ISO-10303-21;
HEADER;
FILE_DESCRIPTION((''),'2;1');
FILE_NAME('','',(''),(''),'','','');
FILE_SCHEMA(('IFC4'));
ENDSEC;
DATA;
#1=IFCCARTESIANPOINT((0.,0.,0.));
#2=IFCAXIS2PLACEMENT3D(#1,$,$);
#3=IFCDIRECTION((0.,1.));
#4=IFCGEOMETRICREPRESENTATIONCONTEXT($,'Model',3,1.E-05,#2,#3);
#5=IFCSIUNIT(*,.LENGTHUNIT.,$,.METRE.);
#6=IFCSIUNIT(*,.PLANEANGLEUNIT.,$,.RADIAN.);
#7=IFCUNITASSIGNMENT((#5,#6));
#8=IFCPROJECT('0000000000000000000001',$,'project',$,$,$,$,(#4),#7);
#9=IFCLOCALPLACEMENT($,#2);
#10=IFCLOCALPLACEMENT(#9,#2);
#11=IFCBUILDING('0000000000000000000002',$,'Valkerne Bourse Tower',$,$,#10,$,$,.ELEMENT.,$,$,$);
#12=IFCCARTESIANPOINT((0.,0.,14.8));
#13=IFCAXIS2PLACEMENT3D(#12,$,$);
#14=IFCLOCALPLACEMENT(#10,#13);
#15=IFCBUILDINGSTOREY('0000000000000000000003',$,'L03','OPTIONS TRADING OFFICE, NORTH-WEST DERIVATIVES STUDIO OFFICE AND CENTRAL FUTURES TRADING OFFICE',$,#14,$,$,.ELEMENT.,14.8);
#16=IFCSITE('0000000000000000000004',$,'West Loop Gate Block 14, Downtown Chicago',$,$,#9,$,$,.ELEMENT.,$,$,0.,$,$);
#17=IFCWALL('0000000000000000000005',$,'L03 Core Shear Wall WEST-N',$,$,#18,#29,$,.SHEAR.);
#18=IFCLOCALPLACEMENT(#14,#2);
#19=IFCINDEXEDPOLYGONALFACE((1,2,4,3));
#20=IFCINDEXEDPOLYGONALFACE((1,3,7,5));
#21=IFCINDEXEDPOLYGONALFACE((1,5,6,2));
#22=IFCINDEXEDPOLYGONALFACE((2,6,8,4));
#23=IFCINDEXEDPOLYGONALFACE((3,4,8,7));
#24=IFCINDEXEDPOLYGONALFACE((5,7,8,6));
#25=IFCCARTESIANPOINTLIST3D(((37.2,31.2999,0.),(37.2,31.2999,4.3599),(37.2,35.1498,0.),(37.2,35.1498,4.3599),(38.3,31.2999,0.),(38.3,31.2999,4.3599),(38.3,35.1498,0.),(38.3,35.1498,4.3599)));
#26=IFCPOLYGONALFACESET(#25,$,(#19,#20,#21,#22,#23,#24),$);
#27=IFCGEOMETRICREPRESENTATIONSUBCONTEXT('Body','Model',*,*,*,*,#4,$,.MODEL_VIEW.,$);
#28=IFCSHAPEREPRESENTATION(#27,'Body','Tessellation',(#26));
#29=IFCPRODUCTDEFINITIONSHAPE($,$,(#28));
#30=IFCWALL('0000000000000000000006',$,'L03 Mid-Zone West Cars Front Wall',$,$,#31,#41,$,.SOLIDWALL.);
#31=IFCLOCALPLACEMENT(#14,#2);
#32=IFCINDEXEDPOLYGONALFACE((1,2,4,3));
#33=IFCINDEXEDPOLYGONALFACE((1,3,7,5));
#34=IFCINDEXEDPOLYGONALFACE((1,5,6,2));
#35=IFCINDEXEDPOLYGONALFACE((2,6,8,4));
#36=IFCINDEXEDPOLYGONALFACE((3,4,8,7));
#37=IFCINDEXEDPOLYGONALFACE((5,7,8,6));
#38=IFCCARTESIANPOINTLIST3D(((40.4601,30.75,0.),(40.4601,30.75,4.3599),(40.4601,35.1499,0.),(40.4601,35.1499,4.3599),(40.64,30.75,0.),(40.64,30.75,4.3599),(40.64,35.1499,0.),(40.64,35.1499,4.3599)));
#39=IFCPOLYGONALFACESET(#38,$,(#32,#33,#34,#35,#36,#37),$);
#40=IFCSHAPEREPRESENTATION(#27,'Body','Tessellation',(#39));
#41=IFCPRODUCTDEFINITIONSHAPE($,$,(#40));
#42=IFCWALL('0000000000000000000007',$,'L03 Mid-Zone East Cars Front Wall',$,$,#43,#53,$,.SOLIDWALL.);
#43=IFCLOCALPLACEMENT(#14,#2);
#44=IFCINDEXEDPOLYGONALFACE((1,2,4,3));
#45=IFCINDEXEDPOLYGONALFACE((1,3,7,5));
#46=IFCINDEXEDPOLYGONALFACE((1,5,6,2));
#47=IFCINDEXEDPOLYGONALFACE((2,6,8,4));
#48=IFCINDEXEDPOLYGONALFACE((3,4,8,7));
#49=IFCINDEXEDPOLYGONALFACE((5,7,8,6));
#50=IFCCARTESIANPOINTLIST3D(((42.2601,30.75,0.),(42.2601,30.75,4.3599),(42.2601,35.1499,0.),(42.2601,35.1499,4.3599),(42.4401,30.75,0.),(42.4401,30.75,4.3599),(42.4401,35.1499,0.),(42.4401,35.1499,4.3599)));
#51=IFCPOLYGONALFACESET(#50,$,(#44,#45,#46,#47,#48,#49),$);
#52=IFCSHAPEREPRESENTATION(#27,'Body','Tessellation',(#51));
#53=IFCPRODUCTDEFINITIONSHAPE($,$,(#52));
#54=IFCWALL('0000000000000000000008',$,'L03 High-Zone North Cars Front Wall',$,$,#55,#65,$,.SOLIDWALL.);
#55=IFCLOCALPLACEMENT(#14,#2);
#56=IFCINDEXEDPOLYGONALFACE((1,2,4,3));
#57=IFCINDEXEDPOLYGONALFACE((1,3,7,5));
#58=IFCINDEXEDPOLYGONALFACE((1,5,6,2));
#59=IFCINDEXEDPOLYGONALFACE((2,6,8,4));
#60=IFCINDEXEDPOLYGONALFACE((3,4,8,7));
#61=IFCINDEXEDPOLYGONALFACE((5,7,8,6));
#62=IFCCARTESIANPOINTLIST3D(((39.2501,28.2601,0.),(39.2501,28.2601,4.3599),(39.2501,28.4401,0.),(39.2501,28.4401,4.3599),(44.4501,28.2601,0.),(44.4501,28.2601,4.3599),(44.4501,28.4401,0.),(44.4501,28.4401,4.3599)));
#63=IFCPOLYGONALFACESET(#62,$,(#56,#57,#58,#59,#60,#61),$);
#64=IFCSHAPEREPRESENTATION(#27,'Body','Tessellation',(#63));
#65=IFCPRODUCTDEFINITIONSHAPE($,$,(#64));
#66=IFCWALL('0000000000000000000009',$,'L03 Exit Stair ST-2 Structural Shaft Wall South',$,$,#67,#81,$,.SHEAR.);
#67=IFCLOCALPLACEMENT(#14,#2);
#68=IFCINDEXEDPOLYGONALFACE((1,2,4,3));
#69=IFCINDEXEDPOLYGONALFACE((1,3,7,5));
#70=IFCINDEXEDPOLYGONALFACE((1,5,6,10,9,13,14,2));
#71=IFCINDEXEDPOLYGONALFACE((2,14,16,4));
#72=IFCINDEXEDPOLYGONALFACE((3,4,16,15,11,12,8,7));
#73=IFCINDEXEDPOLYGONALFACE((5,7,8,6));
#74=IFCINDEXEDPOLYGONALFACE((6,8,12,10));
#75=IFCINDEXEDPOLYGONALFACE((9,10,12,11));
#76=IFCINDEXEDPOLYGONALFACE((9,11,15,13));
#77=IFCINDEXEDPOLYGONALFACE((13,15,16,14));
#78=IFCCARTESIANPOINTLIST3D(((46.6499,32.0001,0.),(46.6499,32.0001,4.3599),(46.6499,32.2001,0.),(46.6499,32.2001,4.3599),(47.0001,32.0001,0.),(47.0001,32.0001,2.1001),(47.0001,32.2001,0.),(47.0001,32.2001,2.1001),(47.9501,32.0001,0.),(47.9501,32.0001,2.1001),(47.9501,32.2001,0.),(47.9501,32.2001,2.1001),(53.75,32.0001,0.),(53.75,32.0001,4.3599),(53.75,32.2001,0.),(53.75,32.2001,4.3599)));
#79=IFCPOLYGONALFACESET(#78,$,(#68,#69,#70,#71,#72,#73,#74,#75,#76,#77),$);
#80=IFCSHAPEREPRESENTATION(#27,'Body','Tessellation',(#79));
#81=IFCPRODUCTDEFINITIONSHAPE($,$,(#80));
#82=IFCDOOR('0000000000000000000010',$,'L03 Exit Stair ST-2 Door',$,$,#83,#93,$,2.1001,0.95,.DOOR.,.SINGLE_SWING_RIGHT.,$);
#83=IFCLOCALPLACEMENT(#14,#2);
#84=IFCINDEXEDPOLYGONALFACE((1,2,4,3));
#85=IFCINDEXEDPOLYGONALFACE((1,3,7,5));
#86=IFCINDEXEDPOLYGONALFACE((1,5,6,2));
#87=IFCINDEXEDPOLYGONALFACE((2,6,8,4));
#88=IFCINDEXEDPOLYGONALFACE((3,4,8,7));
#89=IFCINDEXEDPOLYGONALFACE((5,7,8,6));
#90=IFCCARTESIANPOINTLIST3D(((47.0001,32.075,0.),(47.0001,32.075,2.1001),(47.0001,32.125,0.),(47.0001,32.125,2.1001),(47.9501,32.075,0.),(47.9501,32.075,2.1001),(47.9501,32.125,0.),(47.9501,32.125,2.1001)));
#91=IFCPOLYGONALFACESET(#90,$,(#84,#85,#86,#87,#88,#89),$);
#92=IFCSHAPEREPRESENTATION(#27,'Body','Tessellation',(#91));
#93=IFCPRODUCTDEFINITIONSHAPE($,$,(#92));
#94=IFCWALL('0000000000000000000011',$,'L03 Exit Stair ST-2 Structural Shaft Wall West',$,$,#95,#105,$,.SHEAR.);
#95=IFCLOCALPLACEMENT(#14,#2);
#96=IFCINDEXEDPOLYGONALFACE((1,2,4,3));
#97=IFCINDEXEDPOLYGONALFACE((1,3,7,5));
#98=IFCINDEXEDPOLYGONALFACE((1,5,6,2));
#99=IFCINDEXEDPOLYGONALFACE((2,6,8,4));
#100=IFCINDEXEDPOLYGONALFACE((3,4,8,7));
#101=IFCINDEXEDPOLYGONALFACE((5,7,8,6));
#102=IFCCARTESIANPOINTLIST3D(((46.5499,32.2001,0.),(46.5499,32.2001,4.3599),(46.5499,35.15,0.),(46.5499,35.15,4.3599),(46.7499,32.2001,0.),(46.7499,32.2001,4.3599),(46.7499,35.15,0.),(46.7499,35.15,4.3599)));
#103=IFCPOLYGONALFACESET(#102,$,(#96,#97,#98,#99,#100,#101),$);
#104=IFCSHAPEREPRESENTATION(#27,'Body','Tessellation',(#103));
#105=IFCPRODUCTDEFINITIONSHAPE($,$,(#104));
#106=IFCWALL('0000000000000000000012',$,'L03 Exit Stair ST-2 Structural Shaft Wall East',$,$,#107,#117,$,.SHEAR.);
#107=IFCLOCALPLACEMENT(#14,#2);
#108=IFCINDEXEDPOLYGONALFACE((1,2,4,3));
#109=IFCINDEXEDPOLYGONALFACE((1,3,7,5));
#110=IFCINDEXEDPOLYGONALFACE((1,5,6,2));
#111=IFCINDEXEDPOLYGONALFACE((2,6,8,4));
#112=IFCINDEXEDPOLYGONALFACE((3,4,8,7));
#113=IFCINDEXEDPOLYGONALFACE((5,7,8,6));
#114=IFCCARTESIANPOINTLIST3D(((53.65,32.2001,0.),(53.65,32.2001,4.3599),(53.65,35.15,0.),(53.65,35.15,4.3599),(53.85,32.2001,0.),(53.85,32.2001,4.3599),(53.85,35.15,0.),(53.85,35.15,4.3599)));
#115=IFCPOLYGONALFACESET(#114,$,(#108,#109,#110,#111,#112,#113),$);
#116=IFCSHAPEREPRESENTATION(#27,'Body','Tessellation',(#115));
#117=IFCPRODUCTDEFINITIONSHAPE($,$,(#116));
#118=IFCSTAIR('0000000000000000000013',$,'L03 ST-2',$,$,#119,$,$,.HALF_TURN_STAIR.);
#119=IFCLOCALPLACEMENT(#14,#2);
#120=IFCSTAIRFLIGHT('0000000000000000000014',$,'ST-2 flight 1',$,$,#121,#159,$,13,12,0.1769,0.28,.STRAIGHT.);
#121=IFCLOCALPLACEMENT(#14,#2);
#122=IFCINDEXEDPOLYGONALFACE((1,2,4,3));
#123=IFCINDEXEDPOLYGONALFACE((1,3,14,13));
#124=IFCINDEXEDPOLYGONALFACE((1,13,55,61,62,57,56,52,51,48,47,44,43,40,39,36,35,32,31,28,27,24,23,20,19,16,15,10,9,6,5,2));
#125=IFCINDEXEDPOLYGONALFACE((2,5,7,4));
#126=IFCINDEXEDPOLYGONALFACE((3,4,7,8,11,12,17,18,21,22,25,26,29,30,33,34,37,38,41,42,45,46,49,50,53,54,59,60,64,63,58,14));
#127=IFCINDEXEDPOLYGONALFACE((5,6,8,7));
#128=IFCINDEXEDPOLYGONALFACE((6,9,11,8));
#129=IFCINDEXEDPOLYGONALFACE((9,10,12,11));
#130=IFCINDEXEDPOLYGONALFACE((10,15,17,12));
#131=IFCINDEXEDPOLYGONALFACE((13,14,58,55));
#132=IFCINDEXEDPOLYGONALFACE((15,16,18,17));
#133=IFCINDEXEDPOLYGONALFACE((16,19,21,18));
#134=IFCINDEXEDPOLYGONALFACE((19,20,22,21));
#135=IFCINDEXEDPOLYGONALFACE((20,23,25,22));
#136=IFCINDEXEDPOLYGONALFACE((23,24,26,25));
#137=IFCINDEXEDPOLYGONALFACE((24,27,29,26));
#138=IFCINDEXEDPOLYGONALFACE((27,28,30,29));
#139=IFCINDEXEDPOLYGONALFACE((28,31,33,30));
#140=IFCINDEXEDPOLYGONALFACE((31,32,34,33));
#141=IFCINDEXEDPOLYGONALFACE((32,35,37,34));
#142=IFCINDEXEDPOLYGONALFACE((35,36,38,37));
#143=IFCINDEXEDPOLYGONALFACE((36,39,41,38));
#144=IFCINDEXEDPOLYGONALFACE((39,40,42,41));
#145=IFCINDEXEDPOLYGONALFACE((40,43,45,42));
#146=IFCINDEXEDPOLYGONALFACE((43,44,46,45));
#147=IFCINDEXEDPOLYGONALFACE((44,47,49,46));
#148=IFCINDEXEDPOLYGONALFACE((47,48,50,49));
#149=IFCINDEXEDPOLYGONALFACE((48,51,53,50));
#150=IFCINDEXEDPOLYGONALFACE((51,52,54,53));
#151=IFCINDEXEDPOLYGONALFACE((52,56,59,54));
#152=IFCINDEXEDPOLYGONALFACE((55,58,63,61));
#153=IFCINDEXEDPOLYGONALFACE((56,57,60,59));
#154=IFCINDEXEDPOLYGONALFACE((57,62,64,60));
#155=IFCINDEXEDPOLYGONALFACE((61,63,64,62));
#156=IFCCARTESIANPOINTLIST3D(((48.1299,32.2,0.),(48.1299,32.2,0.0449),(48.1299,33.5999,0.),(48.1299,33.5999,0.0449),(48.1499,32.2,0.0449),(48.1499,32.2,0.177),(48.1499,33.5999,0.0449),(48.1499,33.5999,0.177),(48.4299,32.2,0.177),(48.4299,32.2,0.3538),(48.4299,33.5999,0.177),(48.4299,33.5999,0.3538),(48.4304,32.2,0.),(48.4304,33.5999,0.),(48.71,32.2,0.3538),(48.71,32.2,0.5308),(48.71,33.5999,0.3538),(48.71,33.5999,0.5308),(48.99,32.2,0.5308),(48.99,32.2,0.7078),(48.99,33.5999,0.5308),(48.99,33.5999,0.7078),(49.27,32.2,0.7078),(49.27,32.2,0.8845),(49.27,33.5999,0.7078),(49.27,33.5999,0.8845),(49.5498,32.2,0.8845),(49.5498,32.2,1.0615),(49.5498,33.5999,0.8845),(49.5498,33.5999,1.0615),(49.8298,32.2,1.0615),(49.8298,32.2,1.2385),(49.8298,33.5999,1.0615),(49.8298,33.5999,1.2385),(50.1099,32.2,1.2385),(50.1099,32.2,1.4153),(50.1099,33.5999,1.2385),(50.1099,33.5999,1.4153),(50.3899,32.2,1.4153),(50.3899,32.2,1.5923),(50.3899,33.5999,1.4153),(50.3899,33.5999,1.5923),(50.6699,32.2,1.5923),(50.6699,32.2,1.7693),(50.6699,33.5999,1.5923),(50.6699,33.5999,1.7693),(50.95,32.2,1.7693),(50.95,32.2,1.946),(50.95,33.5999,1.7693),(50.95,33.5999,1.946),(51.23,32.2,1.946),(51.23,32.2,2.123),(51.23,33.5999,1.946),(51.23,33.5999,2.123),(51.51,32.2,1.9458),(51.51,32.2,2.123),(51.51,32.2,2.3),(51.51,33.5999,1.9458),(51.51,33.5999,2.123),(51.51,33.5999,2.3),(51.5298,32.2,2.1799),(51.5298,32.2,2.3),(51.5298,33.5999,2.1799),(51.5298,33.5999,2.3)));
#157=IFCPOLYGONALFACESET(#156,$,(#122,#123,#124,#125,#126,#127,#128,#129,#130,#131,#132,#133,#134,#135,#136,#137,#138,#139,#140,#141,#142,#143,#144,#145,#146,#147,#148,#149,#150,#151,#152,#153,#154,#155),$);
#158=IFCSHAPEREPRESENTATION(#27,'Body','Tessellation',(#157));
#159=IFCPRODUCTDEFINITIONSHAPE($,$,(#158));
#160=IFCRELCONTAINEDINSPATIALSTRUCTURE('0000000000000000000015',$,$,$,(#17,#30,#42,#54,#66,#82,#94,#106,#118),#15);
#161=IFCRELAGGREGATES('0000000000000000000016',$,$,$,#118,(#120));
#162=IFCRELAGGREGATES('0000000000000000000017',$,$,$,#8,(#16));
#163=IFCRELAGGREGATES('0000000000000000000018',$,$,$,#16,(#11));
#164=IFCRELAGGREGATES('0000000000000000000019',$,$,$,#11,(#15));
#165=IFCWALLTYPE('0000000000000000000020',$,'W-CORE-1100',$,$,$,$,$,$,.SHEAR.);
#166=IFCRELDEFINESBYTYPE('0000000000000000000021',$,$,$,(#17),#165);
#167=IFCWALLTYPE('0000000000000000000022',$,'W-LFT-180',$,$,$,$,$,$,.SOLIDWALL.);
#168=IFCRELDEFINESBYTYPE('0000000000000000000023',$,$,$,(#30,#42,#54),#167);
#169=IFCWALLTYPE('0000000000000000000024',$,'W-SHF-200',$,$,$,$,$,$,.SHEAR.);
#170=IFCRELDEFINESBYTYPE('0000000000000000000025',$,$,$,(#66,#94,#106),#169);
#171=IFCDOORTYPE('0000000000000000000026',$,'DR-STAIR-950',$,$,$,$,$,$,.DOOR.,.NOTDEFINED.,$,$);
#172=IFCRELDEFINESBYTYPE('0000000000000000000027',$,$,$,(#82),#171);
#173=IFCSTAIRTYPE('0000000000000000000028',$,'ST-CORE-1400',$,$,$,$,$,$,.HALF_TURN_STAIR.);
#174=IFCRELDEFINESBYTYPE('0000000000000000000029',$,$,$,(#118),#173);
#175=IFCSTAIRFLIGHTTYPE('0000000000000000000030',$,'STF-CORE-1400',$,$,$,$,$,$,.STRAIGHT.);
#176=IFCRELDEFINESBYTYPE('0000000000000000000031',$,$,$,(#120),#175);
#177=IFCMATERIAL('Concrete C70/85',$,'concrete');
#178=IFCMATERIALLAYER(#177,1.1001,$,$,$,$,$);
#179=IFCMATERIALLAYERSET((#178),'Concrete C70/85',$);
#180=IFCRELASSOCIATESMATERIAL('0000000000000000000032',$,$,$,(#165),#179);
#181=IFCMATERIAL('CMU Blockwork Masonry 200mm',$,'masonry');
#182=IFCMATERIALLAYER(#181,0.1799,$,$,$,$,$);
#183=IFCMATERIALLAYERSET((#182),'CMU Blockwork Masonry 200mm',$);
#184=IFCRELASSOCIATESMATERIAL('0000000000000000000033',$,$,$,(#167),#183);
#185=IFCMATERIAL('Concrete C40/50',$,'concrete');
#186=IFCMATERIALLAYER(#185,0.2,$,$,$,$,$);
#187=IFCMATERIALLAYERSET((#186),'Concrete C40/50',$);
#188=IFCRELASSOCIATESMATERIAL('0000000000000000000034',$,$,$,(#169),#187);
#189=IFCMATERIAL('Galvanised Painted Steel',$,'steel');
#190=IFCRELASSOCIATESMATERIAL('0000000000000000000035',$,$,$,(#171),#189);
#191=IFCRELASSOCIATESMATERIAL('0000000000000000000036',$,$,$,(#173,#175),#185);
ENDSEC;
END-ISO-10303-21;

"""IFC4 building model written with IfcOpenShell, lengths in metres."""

from ifc_helpers import new_model, si_unit, direction, frame, frame_2d, origin, place, context, subcontext, project, spatial, polyline, rectangle, outline, extrude, material, layer, layer_set, type_object, element, fill, aggregate, save


model = new_model("IFC4")

# Units and contexts
model_context = context("Model", 3, precision=1e-05, world=origin(), true_north=direction((0.0, 1.0)))
body_context = subcontext(model_context, "Body", "Model", "MODEL_VIEW")
ifc_project = project(units=[si_unit("LENGTHUNIT", "METRE"), si_unit("PLANEANGLEUNIT", "RADIAN")], contexts=[model_context])

# Site, building, storey
site_placement = place(None, origin())
site = spatial("IfcSite", under=ifc_project, at=site_placement, Name="West Loop Gate Block 14, Downtown Chicago", CompositionType="ELEMENT", RefElevation=0.0)
building_placement = place(site_placement, origin())
building = spatial("IfcBuilding", under=site, at=building_placement, Name="Valkerne Bourse Tower", CompositionType="ELEMENT")
storey_placement = place(building_placement, frame((0.0, 0.0, 14.8)))
storey = spatial("IfcBuildingStorey", under=building, at=storey_placement, Name="L03", Description="OPTIONS TRADING OFFICE, NORTH-WEST DERIVATIVES STUDIO OFFICE AND CENTRAL FUTURES TRADING OFFICE", CompositionType="ELEMENT", Elevation=14.8)

# Walls
ifc_material_1 = material(Name="Concrete C70/85", Category="concrete")
ifc_layer_1 = layer(ifc_material_1, 1.1001)
ifc_layer_set_1 = layer_set([ifc_layer_1], Name="Concrete C70/85")
wall_type_1 = type_object("IfcWallType", Name="W-CORE-1100", PredefinedType="SHEAR", material=ifc_layer_set_1)
wall_1_placement = place(storey_placement, frame((37.75, 31.3, 0.0), z_axis=(0.0, 0.0, 1.0), x_axis=(0.0, 1.0, 0.0)))
element("IfcWall", 1, at=wall_1_placement, inside=storey, type_object=wall_type_1, Name="L03 Core Shear Wall WEST-N", PredefinedType="SHEAR", context=body_context, shape_type="SweptSolid", body=[
    extrude(rectangle(XDim=3.8499, YDim=1.1001, at=frame_2d((1.9248, 0.0))), origin(), (0.0, 0.0, 1.0), 4.3599),
])
ifc_material_2 = material(Name="CMU Blockwork Masonry 200mm", Category="masonry")
ifc_layer_2 = layer(ifc_material_2, 0.1799)
ifc_layer_set_2 = layer_set([ifc_layer_2], Name="CMU Blockwork Masonry 200mm")
wall_type_2 = type_object("IfcWallType", Name="W-LFT-180", PredefinedType="SOLIDWALL", material=ifc_layer_set_2)
for number, where, z_axis, x_axis, name in (
    (2, (40.55, 30.75, 0.0), (0.0, 0.0, 1.0), (0.0, 1.0, 0.0), "L03 Mid-Zone West Cars Front Wall"),
    (3, (42.3501, 30.75, 0.0), (0.0, 0.0, 1.0), (0.0, 1.0, 0.0), "L03 Mid-Zone East Cars Front Wall"),
):
    element("IfcWall", number, at=place(storey_placement, frame(where, z_axis=z_axis, x_axis=x_axis)), inside=storey, type_object=wall_type_2, Name=name, PredefinedType="SOLIDWALL", context=body_context, shape_type="SweptSolid", body=[
        extrude(rectangle(XDim=4.3999, YDim=0.1799, at=frame_2d((2.2, 0.0))), origin(), (0.0, 0.0, 1.0), 4.3599),
    ])
wall_2_placement = place(storey_placement, frame((39.25, 28.3501, 0.0), z_axis=(0.0, 0.0, 1.0), x_axis=(1.0, 0.0, 0.0)))
element("IfcWall", 4, at=wall_2_placement, inside=storey, type_object=wall_type_2, Name="L03 High-Zone North Cars Front Wall", PredefinedType="SOLIDWALL", context=body_context, shape_type="SweptSolid", body=[
    extrude(rectangle(XDim=5.2, YDim=0.1799, at=frame_2d((2.6001, 0.0))), origin(), (0.0, 0.0, 1.0), 4.3599),
])

# Wall, opening, door
ifc_material_3 = material(Name="Concrete C40/50", Category="concrete")
ifc_layer_3 = layer(ifc_material_3, 0.2)
ifc_layer_set_3 = layer_set([ifc_layer_3], Name="Concrete C40/50")
wall_type_3 = type_object("IfcWallType", Name="W-SHF-200", PredefinedType="SHEAR", material=ifc_layer_set_3)
wall_3_placement = place(storey_placement, frame((46.6499, 32.1001, 0.0), z_axis=(0.0, 0.0, 1.0), x_axis=(1.0, 0.0, 0.0)))
wall_3 = element("IfcWall", 5, at=wall_3_placement, inside=storey, type_object=wall_type_3, Name="L03 Exit Stair ST-2 Structural Shaft Wall South", PredefinedType="SHEAR", context=body_context, shape_type="SweptSolid", body=[
    extrude(rectangle(XDim=7.1001, YDim=0.2, at=frame_2d((3.55, 0.0))), origin(), (0.0, 0.0, 1.0), 4.3599),
])
opening_placement = place(wall_3_placement, frame((0.3501, 0.0, 0.0)))
opening = element("IfcOpeningElement", 6, at=opening_placement, cuts=wall_3, PredefinedType="OPENING", context=body_context, shape_type="SweptSolid", body=[
    extrude(rectangle(XDim=0.95, YDim=2.1001, at=frame_2d((0.4751, 1.05))), frame((0.0, 0.1099, 0.0), z_axis=(0.0, -1.0, 0.0), x_axis=(1.0, 0.0, 0.0)), (0.0, 0.0, 1.0), 0.22),
])
ifc_material_4 = material(Name="Galvanised Painted Steel", Category="steel")
door_type = type_object("IfcDoorType", Name="DR-STAIR-950", OperationType="NOTDEFINED", PredefinedType="DOOR", material=ifc_material_4)
door_placement = place(opening_placement, origin())
door = element("IfcDoor", 7, at=door_placement, inside=storey, type_object=door_type, Name="L03 Exit Stair ST-2 Door", OperationType="SINGLE_SWING_RIGHT", OverallHeight=2.1001, OverallWidth=0.95, PredefinedType="DOOR", context=body_context, shape_type="SweptSolid", body=[
    extrude(rectangle(XDim=0.95, YDim=2.1001, at=frame_2d((0.4751, 1.05))), frame((0.0, 0.0249, 0.0), z_axis=(0.0, -1.0, 0.0), x_axis=(1.0, 0.0, 0.0)), (0.0, 0.0, 1.0), 0.05),
])
fill(opening, door)

# Walls
for number, where, z_axis, x_axis, name in (
    (8, (46.6499, 32.2, 0.0), (0.0, 0.0, 1.0), (0.0, 1.0, 0.0), "L03 Exit Stair ST-2 Structural Shaft Wall West"),
    (9, (53.75, 32.2, 0.0), (0.0, 0.0, 1.0), (0.0, 1.0, 0.0), "L03 Exit Stair ST-2 Structural Shaft Wall East"),
):
    element("IfcWall", number, at=place(storey_placement, frame(where, z_axis=z_axis, x_axis=x_axis)), inside=storey, type_object=wall_type_3, Name=name, PredefinedType="SHEAR", context=body_context, shape_type="SweptSolid", body=[
        extrude(rectangle(XDim=2.95, YDim=0.2, at=frame_2d((1.4751, 0.0))), origin(), (0.0, 0.0, 1.0), 4.3599),
    ])

# Stair, stair flight
stair_type = type_object("IfcStairType", Name="ST-CORE-1400", PredefinedType="HALF_TURN_STAIR", material=ifc_material_3)
stair_placement = place(storey_placement, origin())
stair = element("IfcStair", 10, at=stair_placement, inside=storey, type_object=stair_type, Name="L03 ST-2", PredefinedType="HALF_TURN_STAIR")
stair_flight_type = type_object("IfcStairFlightType", Name="STF-CORE-1400", PredefinedType="STRAIGHT", material=ifc_material_3)
stair_flight_placement = place(storey_placement, frame((48.1499, 32.8999, 0.0), z_axis=(0.0, 0.0, 1.0), x_axis=(1.0, 0.0, 0.0)))
stair_flight = element("IfcStairFlight", 11, at=stair_flight_placement, type_object=stair_flight_type, Name="ST-2 flight 1", NumberOfRisers=13, NumberOfTreads=12, PredefinedType="STRAIGHT", RiserHeight=0.1769, TreadLength=0.28, context=body_context, shape_type="SweptSolid", body=[
    extrude(outline(polyline([(-0.02, 0.0), (-0.02, 0.0449), (0.0, 0.0449), (0.0, 0.177), (0.28, 0.177), (0.28, 0.3538), (0.5601, 0.3538), (0.5601, 0.5308), (0.8401, 0.5308), (0.8401, 0.7078), (1.1201, 0.7078), (1.1201, 0.8845), (1.3999, 0.8845), (1.3999, 1.0615), (1.6799, 1.0615), (1.6799, 1.2385), (1.96, 1.2385), (1.96, 1.4153), (2.24, 1.4153), (2.24, 1.5923), (2.52, 1.5923), (2.52, 1.7693), (2.8, 1.7693), (2.8, 1.946), (3.0801, 1.946), (3.0801, 2.123), (3.3601, 2.123), (3.3601, 2.3), (3.3799, 2.3), (3.3799, 2.1799), (3.3601, 1.9458), (0.2805, 0.0), (-0.02, 0.0)])), frame((0.0, 0.7, 0.0), z_axis=(0.0, -1.0, 0.0), x_axis=(1.0, 0.0, 0.0)), (0.0, 0.0, 1.0), 1.3999),
])
aggregate(stair, [stair_flight])

save(model, "model.ifc")
